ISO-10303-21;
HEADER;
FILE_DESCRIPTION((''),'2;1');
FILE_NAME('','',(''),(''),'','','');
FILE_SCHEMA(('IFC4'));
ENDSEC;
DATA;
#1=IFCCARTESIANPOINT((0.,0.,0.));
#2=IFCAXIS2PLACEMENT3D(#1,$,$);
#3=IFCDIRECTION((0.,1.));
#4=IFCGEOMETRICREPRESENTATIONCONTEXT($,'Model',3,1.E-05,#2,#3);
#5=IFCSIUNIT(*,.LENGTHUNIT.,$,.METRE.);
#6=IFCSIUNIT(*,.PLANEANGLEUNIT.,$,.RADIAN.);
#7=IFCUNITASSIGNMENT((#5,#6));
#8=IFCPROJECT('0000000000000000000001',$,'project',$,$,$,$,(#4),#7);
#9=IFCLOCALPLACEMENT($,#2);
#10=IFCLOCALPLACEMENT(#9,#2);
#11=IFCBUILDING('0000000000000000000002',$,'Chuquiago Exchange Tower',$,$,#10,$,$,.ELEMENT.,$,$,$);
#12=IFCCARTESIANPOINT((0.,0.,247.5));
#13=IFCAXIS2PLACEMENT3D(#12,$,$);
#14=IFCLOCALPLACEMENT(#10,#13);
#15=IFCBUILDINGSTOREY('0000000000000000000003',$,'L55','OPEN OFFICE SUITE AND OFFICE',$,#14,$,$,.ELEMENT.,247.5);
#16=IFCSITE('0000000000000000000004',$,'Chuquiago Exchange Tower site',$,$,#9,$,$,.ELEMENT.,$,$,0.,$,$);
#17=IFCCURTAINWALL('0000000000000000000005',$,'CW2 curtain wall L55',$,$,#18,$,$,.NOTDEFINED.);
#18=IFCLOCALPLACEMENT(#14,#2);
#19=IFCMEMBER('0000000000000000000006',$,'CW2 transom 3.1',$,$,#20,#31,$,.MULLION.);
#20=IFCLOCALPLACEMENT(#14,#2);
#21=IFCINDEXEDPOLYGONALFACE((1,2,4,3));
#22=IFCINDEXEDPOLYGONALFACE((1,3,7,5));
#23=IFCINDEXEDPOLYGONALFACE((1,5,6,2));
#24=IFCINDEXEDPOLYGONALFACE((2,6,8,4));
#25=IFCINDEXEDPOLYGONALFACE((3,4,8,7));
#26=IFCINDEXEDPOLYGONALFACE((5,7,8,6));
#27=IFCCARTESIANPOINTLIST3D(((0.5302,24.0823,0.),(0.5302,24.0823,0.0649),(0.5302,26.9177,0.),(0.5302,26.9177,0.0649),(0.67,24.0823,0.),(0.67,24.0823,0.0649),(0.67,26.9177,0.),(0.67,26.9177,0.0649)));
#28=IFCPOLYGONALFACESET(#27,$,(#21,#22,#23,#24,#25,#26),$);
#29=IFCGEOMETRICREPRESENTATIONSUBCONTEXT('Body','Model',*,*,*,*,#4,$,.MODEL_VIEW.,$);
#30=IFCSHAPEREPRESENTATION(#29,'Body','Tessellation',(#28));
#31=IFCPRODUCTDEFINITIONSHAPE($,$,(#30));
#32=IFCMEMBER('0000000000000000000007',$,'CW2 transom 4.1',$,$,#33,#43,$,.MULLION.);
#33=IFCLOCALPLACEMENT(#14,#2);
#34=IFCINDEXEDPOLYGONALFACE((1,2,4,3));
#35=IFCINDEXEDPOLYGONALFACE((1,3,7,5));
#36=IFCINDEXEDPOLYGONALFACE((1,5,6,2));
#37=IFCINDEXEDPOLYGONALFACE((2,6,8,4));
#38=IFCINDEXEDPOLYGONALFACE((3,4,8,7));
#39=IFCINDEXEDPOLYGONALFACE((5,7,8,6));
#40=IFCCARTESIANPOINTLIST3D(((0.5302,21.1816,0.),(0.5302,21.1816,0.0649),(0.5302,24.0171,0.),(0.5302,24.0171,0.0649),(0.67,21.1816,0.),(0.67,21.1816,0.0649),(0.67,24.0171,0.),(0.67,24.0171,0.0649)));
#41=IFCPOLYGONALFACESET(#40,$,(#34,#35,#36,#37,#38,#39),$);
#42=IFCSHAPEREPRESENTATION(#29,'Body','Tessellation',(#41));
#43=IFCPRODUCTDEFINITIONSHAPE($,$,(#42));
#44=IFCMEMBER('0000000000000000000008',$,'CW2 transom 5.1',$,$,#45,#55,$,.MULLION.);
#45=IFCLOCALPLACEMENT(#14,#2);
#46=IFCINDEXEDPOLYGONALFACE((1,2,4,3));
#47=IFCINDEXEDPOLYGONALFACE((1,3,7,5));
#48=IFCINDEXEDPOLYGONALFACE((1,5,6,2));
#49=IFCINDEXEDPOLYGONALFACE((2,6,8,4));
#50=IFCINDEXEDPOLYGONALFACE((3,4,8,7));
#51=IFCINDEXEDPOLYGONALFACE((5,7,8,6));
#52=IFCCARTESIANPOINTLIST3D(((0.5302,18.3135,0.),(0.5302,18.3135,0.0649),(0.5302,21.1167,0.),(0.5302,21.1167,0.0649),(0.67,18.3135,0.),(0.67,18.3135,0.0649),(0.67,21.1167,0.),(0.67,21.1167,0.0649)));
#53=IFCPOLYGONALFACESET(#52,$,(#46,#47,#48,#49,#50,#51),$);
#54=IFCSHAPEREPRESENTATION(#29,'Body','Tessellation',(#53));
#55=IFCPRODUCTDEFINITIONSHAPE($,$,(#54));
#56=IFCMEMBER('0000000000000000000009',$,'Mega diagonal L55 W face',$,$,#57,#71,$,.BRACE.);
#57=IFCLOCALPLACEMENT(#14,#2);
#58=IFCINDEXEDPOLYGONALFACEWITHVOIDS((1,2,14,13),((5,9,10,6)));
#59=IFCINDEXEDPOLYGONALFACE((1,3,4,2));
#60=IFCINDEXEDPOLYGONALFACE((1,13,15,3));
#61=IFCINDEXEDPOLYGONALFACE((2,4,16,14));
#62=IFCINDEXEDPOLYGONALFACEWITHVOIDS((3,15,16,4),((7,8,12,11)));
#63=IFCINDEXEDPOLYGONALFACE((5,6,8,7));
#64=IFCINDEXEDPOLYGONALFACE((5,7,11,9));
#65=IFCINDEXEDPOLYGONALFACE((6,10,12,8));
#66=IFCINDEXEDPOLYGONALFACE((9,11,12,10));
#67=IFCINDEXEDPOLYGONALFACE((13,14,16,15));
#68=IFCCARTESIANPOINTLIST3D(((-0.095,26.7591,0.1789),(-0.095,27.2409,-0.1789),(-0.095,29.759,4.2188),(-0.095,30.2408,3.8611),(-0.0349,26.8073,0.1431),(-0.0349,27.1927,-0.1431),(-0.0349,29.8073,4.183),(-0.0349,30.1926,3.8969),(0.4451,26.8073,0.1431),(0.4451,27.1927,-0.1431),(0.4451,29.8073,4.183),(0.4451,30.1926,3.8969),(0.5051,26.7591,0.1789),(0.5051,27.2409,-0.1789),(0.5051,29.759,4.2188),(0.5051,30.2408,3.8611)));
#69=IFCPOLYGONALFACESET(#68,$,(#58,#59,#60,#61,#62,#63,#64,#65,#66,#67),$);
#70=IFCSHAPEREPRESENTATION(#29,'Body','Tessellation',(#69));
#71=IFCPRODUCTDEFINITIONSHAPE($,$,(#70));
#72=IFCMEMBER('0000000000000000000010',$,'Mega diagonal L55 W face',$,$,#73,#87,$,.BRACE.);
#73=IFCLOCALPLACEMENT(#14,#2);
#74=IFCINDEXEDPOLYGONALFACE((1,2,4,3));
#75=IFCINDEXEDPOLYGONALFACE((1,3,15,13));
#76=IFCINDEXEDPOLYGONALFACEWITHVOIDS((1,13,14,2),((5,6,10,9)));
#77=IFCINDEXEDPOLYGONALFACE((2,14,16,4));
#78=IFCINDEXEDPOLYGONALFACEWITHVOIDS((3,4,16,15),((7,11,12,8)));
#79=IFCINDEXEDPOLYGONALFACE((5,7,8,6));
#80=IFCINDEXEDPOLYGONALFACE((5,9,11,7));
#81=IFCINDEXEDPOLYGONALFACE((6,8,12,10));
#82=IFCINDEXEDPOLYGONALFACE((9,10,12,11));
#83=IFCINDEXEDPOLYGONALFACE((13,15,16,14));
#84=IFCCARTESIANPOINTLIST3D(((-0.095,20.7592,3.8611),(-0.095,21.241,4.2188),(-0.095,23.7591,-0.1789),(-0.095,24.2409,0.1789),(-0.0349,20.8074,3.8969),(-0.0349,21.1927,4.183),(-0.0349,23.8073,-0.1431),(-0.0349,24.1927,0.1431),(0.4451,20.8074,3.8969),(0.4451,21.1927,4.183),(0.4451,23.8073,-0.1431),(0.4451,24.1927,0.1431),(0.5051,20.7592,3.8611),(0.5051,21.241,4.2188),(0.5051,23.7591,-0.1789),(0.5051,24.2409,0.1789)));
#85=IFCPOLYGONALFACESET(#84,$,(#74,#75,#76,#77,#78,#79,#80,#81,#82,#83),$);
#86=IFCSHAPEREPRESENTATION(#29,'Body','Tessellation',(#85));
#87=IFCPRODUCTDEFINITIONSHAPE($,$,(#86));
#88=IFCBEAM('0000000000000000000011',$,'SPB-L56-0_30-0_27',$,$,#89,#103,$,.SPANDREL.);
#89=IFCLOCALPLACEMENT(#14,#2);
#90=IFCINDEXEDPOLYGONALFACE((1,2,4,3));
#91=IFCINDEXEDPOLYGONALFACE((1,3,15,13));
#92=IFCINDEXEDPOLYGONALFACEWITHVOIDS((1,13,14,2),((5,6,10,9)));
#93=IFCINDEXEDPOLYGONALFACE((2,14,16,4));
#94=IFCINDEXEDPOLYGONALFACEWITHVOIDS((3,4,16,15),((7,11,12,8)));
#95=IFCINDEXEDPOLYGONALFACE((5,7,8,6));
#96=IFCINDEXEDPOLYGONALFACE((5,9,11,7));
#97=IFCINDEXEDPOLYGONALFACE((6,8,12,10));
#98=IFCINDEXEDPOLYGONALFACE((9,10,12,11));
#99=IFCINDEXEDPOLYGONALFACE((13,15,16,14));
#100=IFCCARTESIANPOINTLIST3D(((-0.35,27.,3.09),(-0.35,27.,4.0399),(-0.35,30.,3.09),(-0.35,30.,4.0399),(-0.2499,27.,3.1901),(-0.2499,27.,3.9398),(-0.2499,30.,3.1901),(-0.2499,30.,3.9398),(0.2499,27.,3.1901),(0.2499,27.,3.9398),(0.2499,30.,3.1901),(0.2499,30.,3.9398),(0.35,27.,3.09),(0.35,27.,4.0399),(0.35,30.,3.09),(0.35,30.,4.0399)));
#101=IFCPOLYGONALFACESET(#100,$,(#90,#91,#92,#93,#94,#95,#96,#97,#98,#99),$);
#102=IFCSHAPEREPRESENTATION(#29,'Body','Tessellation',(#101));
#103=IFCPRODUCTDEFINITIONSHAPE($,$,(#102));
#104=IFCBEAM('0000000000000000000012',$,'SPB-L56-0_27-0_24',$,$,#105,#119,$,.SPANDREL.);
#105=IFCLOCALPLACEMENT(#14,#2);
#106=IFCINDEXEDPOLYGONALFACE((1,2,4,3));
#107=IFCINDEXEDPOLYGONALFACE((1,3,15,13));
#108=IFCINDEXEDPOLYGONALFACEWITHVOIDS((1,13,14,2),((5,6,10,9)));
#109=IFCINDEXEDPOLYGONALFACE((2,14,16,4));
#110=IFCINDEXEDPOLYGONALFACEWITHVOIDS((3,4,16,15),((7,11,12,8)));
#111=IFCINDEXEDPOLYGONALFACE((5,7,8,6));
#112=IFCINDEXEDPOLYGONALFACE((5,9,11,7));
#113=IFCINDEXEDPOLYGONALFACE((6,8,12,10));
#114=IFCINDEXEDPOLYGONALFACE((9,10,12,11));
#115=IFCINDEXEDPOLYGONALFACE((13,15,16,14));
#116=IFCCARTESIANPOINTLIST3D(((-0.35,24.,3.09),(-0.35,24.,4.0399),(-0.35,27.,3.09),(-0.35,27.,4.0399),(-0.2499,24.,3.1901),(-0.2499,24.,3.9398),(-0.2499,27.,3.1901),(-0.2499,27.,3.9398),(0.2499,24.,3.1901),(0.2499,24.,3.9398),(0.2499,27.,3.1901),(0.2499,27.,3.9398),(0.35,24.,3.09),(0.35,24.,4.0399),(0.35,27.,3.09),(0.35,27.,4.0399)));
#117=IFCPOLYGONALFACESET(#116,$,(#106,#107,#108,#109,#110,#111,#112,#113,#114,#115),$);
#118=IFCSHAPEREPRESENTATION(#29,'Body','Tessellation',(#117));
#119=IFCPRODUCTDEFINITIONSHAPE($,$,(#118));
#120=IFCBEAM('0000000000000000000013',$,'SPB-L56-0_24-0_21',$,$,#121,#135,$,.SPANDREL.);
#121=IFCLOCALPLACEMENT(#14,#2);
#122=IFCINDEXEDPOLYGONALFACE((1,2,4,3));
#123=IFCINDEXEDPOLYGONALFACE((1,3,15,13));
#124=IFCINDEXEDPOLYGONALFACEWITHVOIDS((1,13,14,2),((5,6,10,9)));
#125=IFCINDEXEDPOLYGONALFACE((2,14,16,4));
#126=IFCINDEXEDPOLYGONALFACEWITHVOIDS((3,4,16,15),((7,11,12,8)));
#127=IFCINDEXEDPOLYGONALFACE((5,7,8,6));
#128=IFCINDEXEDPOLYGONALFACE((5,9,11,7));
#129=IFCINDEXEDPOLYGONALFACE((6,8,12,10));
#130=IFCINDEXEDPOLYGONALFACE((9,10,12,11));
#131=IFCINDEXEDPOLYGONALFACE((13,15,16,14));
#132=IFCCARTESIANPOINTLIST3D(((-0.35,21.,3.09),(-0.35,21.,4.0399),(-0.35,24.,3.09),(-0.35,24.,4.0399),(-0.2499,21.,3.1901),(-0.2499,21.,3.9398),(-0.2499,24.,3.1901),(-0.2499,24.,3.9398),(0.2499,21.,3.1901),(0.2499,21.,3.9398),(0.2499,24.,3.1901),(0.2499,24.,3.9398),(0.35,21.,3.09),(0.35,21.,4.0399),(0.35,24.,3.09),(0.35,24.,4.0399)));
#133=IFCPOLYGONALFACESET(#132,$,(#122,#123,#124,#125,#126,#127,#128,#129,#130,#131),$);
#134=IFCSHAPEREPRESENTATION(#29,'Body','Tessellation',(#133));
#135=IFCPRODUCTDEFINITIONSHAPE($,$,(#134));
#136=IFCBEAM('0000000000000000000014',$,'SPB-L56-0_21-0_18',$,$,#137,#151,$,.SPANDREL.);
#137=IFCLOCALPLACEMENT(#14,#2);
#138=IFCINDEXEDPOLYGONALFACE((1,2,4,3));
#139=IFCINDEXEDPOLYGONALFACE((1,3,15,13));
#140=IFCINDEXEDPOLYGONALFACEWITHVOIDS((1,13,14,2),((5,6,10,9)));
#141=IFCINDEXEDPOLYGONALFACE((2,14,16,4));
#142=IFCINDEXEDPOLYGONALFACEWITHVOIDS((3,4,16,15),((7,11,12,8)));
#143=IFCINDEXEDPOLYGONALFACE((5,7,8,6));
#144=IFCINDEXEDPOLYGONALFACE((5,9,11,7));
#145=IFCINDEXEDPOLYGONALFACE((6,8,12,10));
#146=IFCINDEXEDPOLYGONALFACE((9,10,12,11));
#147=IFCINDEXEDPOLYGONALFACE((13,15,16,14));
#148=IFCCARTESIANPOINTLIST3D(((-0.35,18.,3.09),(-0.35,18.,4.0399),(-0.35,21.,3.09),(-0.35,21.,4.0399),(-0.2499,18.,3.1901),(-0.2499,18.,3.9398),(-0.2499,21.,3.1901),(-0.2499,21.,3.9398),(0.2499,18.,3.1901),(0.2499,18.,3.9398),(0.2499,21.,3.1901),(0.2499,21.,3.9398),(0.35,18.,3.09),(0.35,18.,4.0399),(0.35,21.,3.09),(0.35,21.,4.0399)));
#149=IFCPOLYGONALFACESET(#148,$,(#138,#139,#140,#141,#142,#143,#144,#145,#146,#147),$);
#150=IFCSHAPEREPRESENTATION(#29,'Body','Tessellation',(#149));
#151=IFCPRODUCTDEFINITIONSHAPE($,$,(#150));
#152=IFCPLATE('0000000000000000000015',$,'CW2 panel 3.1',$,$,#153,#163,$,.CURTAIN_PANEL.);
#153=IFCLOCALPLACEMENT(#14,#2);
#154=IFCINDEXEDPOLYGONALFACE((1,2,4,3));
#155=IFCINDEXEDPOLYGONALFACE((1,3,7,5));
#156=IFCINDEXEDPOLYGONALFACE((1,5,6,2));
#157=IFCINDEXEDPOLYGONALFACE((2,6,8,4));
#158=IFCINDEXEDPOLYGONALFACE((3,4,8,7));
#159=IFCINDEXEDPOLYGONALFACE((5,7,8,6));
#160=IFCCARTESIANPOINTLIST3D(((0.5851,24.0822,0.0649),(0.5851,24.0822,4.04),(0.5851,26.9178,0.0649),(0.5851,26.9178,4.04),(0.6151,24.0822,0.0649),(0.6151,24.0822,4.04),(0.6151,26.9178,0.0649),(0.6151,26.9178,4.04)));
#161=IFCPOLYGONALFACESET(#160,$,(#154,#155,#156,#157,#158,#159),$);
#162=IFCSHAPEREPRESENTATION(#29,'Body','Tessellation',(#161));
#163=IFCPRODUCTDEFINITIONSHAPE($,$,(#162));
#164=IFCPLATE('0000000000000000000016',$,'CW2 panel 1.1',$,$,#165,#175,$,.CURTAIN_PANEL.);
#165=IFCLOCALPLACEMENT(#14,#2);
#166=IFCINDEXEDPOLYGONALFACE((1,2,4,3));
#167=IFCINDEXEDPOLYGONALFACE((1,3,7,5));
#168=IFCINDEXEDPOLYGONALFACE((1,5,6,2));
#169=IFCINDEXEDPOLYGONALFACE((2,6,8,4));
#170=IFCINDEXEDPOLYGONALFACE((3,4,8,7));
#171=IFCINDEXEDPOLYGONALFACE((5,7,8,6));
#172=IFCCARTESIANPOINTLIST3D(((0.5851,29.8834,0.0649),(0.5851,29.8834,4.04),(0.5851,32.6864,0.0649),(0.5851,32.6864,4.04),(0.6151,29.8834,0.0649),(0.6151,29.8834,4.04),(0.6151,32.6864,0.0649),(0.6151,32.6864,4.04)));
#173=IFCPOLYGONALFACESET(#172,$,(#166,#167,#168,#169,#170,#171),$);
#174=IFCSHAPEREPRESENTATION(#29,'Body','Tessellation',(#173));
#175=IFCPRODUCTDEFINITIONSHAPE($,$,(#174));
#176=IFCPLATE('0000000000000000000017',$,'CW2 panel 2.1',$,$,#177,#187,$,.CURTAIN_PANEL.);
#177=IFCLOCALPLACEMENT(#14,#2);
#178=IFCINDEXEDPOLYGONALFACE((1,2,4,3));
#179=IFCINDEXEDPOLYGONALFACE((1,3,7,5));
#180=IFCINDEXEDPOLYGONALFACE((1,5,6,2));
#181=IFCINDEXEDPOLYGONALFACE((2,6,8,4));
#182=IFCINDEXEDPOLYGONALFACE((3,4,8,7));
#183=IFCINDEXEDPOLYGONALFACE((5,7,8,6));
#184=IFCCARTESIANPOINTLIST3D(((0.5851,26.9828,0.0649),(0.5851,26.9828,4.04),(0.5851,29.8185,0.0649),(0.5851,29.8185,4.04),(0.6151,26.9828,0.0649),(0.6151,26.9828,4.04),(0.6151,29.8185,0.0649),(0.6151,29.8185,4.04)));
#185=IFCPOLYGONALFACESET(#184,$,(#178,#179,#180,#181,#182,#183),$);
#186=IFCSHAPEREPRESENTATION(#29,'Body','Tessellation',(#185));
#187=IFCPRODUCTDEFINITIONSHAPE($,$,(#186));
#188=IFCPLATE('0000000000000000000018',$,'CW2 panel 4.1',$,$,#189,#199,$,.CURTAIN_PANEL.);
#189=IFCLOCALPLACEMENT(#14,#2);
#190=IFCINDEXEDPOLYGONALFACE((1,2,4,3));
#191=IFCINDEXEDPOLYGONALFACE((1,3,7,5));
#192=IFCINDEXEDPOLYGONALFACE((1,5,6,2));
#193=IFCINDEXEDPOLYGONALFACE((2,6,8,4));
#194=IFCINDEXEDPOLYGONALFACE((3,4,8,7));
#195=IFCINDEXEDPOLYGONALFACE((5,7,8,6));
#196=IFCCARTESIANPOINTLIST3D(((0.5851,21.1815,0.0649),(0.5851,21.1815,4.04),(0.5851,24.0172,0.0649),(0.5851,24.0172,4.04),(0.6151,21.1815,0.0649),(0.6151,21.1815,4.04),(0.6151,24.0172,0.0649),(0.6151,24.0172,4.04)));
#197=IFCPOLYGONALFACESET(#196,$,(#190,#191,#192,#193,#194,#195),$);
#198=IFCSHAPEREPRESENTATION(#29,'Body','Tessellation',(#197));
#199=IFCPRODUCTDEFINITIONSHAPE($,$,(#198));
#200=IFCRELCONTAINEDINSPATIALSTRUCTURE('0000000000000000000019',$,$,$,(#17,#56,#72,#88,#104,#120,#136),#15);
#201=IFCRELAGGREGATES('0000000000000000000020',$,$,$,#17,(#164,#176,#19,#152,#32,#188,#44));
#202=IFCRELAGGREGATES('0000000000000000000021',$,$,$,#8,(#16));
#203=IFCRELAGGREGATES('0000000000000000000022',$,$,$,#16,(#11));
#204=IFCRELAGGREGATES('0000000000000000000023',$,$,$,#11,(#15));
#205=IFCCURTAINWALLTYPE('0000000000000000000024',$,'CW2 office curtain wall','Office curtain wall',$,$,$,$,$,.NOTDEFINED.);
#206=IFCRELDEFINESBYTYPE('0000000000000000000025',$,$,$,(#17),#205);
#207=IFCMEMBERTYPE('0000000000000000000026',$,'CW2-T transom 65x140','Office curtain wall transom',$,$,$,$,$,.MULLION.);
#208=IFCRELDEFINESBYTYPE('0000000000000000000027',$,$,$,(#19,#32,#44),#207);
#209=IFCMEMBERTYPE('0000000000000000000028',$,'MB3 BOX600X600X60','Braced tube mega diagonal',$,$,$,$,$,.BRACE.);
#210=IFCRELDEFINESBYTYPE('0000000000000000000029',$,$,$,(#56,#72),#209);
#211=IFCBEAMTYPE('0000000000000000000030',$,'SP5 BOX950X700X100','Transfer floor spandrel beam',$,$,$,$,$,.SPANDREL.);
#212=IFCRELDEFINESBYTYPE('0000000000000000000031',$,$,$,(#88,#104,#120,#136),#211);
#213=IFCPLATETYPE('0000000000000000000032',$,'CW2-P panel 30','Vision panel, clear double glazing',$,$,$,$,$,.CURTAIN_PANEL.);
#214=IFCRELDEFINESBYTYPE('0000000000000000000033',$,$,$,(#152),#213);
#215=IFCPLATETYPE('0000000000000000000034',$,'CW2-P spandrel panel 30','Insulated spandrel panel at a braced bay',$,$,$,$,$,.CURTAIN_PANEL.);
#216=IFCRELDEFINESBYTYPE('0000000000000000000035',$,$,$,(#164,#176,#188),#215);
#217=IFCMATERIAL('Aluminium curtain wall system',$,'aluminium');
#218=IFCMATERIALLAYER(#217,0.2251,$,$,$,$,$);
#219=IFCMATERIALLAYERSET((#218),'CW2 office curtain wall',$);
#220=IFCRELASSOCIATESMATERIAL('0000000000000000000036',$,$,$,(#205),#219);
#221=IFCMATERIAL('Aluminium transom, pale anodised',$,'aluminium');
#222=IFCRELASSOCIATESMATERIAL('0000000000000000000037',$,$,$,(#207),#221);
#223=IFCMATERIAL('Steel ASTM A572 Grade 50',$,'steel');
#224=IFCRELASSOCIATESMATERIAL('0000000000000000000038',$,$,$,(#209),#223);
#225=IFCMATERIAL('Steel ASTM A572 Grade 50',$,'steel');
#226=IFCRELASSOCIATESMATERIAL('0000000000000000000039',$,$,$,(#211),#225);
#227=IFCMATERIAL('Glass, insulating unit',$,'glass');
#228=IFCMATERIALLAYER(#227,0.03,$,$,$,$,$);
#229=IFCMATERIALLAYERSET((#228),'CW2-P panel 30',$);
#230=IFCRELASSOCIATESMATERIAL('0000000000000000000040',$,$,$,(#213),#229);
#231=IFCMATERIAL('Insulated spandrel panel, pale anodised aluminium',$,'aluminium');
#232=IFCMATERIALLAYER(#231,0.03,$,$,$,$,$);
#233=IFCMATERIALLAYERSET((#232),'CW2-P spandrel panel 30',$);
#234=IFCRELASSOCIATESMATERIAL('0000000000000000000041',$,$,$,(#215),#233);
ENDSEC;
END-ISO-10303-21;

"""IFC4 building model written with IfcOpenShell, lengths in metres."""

from ifc_helpers import new_model, si_unit, direction, frame, origin, origin_2d, place, context, subcontext, project, spatial, rectangle, hollow_rectangle, extrude, material, layer, layer_set, material_profile, profile_set, type_object, element, aggregate, save


model = new_model("IFC4")

# Units and contexts
model_context = context("Model", 3, precision=1e-05, world=origin(), true_north=direction((0.0, 1.0)))
body_context = subcontext(model_context, "Body", "Model", "MODEL_VIEW")
ifc_project = project(units=[si_unit("LENGTHUNIT", "METRE"), si_unit("PLANEANGLEUNIT", "RADIAN")], contexts=[model_context])

# Site, building, storey
site_placement = place(None, origin())
site = spatial("IfcSite", under=ifc_project, at=site_placement, Name="Chuquiago Exchange Tower site", CompositionType="ELEMENT", RefElevation=0.0)
building_placement = place(site_placement, origin())
building = spatial("IfcBuilding", under=site, at=building_placement, Name="Chuquiago Exchange Tower", CompositionType="ELEMENT")
storey_placement = place(building_placement, frame((0.0, 0.0, 247.5)))
storey = spatial("IfcBuildingStorey", under=building, at=storey_placement, Name="L55", Description="OPEN OFFICE SUITE AND OFFICE", CompositionType="ELEMENT", Elevation=247.5)

# Curtain wall, members
ifc_material_1 = material(Name="Aluminium curtain wall system", Category="aluminium")
ifc_layer_1 = layer(ifc_material_1, 0.2251)
ifc_layer_set_1 = layer_set([ifc_layer_1], Name="CW2 office curtain wall")
curtain_wall_type = type_object("IfcCurtainWallType", Name="CW2 office curtain wall", Description="Office curtain wall", PredefinedType="NOTDEFINED", material=ifc_layer_set_1)
curtain_wall_placement = place(storey_placement, origin())
curtain_wall = element("IfcCurtainWall", 1, at=curtain_wall_placement, inside=storey, type_object=curtain_wall_type, Name="CW2 curtain wall L55", PredefinedType="NOTDEFINED")
ifc_material_2 = material(Name="Aluminium transom, pale anodised", Category="aluminium")
ifc_material_profile_1 = material_profile(ifc_material_2, rectangle(XDim=0.1399, YDim=0.0649, at=origin_2d()), Name="AL 140x65")
ifc_profile_set_1 = profile_set([ifc_material_profile_1], Name="Aluminium transom, pale anodised")
member_type_1 = type_object("IfcMemberType", Name="CW2-T transom 65x140", Description="Office curtain wall transom", PredefinedType="MULLION", material=ifc_profile_set_1)
member_1_placement = place(storey_placement, frame((0.6001, 26.9177, 0.0325), z_axis=(0.0, -1.0, 0.0), x_axis=(1.0, 0.0, 0.0)))
member_1 = element("IfcMember", 2, at=member_1_placement, type_object=member_type_1, Name="CW2 transom 3.1", PredefinedType="MULLION", context=body_context, shape_type="SweptSolid", body=[
    extrude(rectangle(XDim=0.1399, YDim=0.0649, at=origin_2d()), origin(), (0.0, 0.0, 1.0), 2.8354),
])
member_2_placement = place(storey_placement, frame((0.6001, 24.0171, 0.0325), z_axis=(0.0, -1.0, 0.0), x_axis=(1.0, 0.0, 0.0)))
member_2 = element("IfcMember", 3, at=member_2_placement, type_object=member_type_1, Name="CW2 transom 4.1", PredefinedType="MULLION", context=body_context, shape_type="SweptSolid", body=[
    extrude(rectangle(XDim=0.1399, YDim=0.0649, at=origin_2d()), origin(), (0.0, 0.0, 1.0), 2.8354),
])
member_3_placement = place(storey_placement, frame((0.6001, 21.1167, 0.0325), z_axis=(0.0, -1.0, 0.0), x_axis=(1.0, 0.0, 0.0)))
member_3 = element("IfcMember", 4, at=member_3_placement, type_object=member_type_1, Name="CW2 transom 5.1", PredefinedType="MULLION", context=body_context, shape_type="SweptSolid", body=[
    extrude(rectangle(XDim=0.1399, YDim=0.0649, at=origin_2d()), origin(), (0.0, 0.0, 1.0), 2.8032),
])

# Members
ifc_material_3 = material(Name="Steel ASTM A572 Grade 50", Category="steel")
ifc_material_profile_2 = material_profile(ifc_material_3, hollow_rectangle(XDim=0.6001, YDim=0.6001, WallThickness=0.0601, at=origin_2d()), Name="BOX600X600X60")
ifc_profile_set_2 = profile_set([ifc_material_profile_2], Name="Steel ASTM A572 Grade 50")
member_type_2 = type_object("IfcMemberType", Name="MB3 BOX600X600X60", Description="Braced tube mega diagonal", PredefinedType="BRACE", material=ifc_profile_set_2)
for number, where, z_axis, x_axis, name in (
    (5, (0.2051, 27.0, 0.0), (0.0, 0.596174, 0.802855), (-1.0, 0.0, 0.0), "Mega diagonal L55 W face"),
    (6, (0.2051, 24.0, 0.0), (0.0, -0.596174, 0.802855), (1.0, 0.0, 0.0), "Mega diagonal L55 W face"),
):
    element("IfcMember", number, at=place(storey_placement, frame(where, z_axis=z_axis, x_axis=x_axis)), inside=storey, type_object=member_type_2, Name=name, PredefinedType="BRACE", context=body_context, shape_type="SweptSolid", body=[
        extrude(hollow_rectangle(XDim=0.6001, YDim=0.6001, WallThickness=0.0601, at=origin_2d()), origin(), (0.0, 0.0, 1.0), 5.032),
    ])

# Beams
ifc_material_4 = material(Name="Steel ASTM A572 Grade 50", Category="steel")
ifc_material_profile_3 = material_profile(ifc_material_4, hollow_rectangle(XDim=0.7, YDim=0.95, WallThickness=0.1001, at=origin_2d()), Name="BOX950X700X100")
ifc_profile_set_3 = profile_set([ifc_material_profile_3], Name="Steel ASTM A572 Grade 50")
beam_type_1 = type_object("IfcBeamType", Name="SP5 BOX950X700X100", Description="Transfer floor spandrel beam", PredefinedType="SPANDREL", material=ifc_profile_set_3)
for number, where, z_axis, x_axis, name in (
    (7, (0.0, 30.0, 3.5649), (0.0, -1.0, 0.0), (1.0, 0.0, 0.0), "SPB-L56-0_30-0_27"),
    (8, (0.0, 27.0, 3.5649), (0.0, -1.0, 0.0), (1.0, 0.0, 0.0), "SPB-L56-0_27-0_24"),
    (9, (0.0, 24.0, 3.5649), (0.0, -1.0, 0.0), (1.0, 0.0, 0.0), "SPB-L56-0_24-0_21"),
    (10, (0.0, 21.0, 3.5649), (0.0, -1.0, 0.0), (1.0, 0.0, 0.0), "SPB-L56-0_21-0_18"),
):
    element("IfcBeam", number, at=place(storey_placement, frame(where, z_axis=z_axis, x_axis=x_axis)), inside=storey, type_object=beam_type_1, Name=name, PredefinedType="SPANDREL", context=body_context, shape_type="SweptSolid", body=[
        extrude(hollow_rectangle(XDim=0.7, YDim=0.95, WallThickness=0.1001, at=origin_2d()), origin(), (0.0, 0.0, 1.0), 3.0),
    ])

# Plates
ifc_material_5 = material(Name="Glass, insulating unit", Category="glass")
ifc_layer_2 = layer(ifc_material_5, 0.03)
ifc_layer_set_2 = layer_set([ifc_layer_2], Name="CW2-P panel 30")
plate_type_1 = type_object("IfcPlateType", Name="CW2-P panel 30", Description="Vision panel, clear double glazing", PredefinedType="CURTAIN_PANEL", material=ifc_layer_set_2)
plate_1_placement = place(storey_placement, frame((0.6001, 25.5, 0.0649), z_axis=(0.0, 0.0, 1.0), x_axis=(0.0, -1.0, 0.0)))
plate_1 = element("IfcPlate", 11, at=plate_1_placement, type_object=plate_type_1, Name="CW2 panel 3.1", PredefinedType="CURTAIN_PANEL", context=body_context, shape_type="SweptSolid", body=[
    extrude(rectangle(XDim=2.8357, YDim=0.03, at=origin_2d()), origin(), (0.0, 0.0, 1.0), 3.9751),
])
ifc_material_6 = material(Name="Insulated spandrel panel, pale anodised aluminium", Category="aluminium")
ifc_layer_3 = layer(ifc_material_6, 0.03)
ifc_layer_set_3 = layer_set([ifc_layer_3], Name="CW2-P spandrel panel 30")
plate_type_2 = type_object("IfcPlateType", Name="CW2-P spandrel panel 30", Description="Insulated spandrel panel at a braced bay", PredefinedType="CURTAIN_PANEL", material=ifc_layer_set_3)
plate_2_placement = place(storey_placement, frame((0.6001, 31.2849, 0.0649), z_axis=(0.0, 0.0, 1.0), x_axis=(0.0, -1.0, 0.0)))
plate_2 = element("IfcPlate", 12, at=plate_2_placement, type_object=plate_type_2, Name="CW2 panel 1.1", PredefinedType="CURTAIN_PANEL", context=body_context, shape_type="SweptSolid", body=[
    extrude(rectangle(XDim=2.803, YDim=0.03, at=origin_2d()), origin(), (0.0, 0.0, 1.0), 3.9751),
])
plate_3_placement = place(storey_placement, frame((0.6001, 28.4006, 0.0649), z_axis=(0.0, 0.0, 1.0), x_axis=(0.0, -1.0, 0.0)))
plate_3 = element("IfcPlate", 13, at=plate_3_placement, type_object=plate_type_2, Name="CW2 panel 2.1", PredefinedType="CURTAIN_PANEL", context=body_context, shape_type="SweptSolid", body=[
    extrude(rectangle(XDim=2.8357, YDim=0.03, at=origin_2d()), origin(), (0.0, 0.0, 1.0), 3.9751),
])
plate_4_placement = place(storey_placement, frame((0.6001, 22.5994, 0.0649), z_axis=(0.0, 0.0, 1.0), x_axis=(0.0, -1.0, 0.0)))
plate_4 = element("IfcPlate", 14, at=plate_4_placement, type_object=plate_type_2, Name="CW2 panel 4.1", PredefinedType="CURTAIN_PANEL", context=body_context, shape_type="SweptSolid", body=[
    extrude(rectangle(XDim=2.8357, YDim=0.03, at=origin_2d()), origin(), (0.0, 0.0, 1.0), 3.9751),
])
aggregate(curtain_wall, [plate_2, plate_3, member_1, plate_1, member_2, plate_4, member_3])

save(model, "model.ifc")
